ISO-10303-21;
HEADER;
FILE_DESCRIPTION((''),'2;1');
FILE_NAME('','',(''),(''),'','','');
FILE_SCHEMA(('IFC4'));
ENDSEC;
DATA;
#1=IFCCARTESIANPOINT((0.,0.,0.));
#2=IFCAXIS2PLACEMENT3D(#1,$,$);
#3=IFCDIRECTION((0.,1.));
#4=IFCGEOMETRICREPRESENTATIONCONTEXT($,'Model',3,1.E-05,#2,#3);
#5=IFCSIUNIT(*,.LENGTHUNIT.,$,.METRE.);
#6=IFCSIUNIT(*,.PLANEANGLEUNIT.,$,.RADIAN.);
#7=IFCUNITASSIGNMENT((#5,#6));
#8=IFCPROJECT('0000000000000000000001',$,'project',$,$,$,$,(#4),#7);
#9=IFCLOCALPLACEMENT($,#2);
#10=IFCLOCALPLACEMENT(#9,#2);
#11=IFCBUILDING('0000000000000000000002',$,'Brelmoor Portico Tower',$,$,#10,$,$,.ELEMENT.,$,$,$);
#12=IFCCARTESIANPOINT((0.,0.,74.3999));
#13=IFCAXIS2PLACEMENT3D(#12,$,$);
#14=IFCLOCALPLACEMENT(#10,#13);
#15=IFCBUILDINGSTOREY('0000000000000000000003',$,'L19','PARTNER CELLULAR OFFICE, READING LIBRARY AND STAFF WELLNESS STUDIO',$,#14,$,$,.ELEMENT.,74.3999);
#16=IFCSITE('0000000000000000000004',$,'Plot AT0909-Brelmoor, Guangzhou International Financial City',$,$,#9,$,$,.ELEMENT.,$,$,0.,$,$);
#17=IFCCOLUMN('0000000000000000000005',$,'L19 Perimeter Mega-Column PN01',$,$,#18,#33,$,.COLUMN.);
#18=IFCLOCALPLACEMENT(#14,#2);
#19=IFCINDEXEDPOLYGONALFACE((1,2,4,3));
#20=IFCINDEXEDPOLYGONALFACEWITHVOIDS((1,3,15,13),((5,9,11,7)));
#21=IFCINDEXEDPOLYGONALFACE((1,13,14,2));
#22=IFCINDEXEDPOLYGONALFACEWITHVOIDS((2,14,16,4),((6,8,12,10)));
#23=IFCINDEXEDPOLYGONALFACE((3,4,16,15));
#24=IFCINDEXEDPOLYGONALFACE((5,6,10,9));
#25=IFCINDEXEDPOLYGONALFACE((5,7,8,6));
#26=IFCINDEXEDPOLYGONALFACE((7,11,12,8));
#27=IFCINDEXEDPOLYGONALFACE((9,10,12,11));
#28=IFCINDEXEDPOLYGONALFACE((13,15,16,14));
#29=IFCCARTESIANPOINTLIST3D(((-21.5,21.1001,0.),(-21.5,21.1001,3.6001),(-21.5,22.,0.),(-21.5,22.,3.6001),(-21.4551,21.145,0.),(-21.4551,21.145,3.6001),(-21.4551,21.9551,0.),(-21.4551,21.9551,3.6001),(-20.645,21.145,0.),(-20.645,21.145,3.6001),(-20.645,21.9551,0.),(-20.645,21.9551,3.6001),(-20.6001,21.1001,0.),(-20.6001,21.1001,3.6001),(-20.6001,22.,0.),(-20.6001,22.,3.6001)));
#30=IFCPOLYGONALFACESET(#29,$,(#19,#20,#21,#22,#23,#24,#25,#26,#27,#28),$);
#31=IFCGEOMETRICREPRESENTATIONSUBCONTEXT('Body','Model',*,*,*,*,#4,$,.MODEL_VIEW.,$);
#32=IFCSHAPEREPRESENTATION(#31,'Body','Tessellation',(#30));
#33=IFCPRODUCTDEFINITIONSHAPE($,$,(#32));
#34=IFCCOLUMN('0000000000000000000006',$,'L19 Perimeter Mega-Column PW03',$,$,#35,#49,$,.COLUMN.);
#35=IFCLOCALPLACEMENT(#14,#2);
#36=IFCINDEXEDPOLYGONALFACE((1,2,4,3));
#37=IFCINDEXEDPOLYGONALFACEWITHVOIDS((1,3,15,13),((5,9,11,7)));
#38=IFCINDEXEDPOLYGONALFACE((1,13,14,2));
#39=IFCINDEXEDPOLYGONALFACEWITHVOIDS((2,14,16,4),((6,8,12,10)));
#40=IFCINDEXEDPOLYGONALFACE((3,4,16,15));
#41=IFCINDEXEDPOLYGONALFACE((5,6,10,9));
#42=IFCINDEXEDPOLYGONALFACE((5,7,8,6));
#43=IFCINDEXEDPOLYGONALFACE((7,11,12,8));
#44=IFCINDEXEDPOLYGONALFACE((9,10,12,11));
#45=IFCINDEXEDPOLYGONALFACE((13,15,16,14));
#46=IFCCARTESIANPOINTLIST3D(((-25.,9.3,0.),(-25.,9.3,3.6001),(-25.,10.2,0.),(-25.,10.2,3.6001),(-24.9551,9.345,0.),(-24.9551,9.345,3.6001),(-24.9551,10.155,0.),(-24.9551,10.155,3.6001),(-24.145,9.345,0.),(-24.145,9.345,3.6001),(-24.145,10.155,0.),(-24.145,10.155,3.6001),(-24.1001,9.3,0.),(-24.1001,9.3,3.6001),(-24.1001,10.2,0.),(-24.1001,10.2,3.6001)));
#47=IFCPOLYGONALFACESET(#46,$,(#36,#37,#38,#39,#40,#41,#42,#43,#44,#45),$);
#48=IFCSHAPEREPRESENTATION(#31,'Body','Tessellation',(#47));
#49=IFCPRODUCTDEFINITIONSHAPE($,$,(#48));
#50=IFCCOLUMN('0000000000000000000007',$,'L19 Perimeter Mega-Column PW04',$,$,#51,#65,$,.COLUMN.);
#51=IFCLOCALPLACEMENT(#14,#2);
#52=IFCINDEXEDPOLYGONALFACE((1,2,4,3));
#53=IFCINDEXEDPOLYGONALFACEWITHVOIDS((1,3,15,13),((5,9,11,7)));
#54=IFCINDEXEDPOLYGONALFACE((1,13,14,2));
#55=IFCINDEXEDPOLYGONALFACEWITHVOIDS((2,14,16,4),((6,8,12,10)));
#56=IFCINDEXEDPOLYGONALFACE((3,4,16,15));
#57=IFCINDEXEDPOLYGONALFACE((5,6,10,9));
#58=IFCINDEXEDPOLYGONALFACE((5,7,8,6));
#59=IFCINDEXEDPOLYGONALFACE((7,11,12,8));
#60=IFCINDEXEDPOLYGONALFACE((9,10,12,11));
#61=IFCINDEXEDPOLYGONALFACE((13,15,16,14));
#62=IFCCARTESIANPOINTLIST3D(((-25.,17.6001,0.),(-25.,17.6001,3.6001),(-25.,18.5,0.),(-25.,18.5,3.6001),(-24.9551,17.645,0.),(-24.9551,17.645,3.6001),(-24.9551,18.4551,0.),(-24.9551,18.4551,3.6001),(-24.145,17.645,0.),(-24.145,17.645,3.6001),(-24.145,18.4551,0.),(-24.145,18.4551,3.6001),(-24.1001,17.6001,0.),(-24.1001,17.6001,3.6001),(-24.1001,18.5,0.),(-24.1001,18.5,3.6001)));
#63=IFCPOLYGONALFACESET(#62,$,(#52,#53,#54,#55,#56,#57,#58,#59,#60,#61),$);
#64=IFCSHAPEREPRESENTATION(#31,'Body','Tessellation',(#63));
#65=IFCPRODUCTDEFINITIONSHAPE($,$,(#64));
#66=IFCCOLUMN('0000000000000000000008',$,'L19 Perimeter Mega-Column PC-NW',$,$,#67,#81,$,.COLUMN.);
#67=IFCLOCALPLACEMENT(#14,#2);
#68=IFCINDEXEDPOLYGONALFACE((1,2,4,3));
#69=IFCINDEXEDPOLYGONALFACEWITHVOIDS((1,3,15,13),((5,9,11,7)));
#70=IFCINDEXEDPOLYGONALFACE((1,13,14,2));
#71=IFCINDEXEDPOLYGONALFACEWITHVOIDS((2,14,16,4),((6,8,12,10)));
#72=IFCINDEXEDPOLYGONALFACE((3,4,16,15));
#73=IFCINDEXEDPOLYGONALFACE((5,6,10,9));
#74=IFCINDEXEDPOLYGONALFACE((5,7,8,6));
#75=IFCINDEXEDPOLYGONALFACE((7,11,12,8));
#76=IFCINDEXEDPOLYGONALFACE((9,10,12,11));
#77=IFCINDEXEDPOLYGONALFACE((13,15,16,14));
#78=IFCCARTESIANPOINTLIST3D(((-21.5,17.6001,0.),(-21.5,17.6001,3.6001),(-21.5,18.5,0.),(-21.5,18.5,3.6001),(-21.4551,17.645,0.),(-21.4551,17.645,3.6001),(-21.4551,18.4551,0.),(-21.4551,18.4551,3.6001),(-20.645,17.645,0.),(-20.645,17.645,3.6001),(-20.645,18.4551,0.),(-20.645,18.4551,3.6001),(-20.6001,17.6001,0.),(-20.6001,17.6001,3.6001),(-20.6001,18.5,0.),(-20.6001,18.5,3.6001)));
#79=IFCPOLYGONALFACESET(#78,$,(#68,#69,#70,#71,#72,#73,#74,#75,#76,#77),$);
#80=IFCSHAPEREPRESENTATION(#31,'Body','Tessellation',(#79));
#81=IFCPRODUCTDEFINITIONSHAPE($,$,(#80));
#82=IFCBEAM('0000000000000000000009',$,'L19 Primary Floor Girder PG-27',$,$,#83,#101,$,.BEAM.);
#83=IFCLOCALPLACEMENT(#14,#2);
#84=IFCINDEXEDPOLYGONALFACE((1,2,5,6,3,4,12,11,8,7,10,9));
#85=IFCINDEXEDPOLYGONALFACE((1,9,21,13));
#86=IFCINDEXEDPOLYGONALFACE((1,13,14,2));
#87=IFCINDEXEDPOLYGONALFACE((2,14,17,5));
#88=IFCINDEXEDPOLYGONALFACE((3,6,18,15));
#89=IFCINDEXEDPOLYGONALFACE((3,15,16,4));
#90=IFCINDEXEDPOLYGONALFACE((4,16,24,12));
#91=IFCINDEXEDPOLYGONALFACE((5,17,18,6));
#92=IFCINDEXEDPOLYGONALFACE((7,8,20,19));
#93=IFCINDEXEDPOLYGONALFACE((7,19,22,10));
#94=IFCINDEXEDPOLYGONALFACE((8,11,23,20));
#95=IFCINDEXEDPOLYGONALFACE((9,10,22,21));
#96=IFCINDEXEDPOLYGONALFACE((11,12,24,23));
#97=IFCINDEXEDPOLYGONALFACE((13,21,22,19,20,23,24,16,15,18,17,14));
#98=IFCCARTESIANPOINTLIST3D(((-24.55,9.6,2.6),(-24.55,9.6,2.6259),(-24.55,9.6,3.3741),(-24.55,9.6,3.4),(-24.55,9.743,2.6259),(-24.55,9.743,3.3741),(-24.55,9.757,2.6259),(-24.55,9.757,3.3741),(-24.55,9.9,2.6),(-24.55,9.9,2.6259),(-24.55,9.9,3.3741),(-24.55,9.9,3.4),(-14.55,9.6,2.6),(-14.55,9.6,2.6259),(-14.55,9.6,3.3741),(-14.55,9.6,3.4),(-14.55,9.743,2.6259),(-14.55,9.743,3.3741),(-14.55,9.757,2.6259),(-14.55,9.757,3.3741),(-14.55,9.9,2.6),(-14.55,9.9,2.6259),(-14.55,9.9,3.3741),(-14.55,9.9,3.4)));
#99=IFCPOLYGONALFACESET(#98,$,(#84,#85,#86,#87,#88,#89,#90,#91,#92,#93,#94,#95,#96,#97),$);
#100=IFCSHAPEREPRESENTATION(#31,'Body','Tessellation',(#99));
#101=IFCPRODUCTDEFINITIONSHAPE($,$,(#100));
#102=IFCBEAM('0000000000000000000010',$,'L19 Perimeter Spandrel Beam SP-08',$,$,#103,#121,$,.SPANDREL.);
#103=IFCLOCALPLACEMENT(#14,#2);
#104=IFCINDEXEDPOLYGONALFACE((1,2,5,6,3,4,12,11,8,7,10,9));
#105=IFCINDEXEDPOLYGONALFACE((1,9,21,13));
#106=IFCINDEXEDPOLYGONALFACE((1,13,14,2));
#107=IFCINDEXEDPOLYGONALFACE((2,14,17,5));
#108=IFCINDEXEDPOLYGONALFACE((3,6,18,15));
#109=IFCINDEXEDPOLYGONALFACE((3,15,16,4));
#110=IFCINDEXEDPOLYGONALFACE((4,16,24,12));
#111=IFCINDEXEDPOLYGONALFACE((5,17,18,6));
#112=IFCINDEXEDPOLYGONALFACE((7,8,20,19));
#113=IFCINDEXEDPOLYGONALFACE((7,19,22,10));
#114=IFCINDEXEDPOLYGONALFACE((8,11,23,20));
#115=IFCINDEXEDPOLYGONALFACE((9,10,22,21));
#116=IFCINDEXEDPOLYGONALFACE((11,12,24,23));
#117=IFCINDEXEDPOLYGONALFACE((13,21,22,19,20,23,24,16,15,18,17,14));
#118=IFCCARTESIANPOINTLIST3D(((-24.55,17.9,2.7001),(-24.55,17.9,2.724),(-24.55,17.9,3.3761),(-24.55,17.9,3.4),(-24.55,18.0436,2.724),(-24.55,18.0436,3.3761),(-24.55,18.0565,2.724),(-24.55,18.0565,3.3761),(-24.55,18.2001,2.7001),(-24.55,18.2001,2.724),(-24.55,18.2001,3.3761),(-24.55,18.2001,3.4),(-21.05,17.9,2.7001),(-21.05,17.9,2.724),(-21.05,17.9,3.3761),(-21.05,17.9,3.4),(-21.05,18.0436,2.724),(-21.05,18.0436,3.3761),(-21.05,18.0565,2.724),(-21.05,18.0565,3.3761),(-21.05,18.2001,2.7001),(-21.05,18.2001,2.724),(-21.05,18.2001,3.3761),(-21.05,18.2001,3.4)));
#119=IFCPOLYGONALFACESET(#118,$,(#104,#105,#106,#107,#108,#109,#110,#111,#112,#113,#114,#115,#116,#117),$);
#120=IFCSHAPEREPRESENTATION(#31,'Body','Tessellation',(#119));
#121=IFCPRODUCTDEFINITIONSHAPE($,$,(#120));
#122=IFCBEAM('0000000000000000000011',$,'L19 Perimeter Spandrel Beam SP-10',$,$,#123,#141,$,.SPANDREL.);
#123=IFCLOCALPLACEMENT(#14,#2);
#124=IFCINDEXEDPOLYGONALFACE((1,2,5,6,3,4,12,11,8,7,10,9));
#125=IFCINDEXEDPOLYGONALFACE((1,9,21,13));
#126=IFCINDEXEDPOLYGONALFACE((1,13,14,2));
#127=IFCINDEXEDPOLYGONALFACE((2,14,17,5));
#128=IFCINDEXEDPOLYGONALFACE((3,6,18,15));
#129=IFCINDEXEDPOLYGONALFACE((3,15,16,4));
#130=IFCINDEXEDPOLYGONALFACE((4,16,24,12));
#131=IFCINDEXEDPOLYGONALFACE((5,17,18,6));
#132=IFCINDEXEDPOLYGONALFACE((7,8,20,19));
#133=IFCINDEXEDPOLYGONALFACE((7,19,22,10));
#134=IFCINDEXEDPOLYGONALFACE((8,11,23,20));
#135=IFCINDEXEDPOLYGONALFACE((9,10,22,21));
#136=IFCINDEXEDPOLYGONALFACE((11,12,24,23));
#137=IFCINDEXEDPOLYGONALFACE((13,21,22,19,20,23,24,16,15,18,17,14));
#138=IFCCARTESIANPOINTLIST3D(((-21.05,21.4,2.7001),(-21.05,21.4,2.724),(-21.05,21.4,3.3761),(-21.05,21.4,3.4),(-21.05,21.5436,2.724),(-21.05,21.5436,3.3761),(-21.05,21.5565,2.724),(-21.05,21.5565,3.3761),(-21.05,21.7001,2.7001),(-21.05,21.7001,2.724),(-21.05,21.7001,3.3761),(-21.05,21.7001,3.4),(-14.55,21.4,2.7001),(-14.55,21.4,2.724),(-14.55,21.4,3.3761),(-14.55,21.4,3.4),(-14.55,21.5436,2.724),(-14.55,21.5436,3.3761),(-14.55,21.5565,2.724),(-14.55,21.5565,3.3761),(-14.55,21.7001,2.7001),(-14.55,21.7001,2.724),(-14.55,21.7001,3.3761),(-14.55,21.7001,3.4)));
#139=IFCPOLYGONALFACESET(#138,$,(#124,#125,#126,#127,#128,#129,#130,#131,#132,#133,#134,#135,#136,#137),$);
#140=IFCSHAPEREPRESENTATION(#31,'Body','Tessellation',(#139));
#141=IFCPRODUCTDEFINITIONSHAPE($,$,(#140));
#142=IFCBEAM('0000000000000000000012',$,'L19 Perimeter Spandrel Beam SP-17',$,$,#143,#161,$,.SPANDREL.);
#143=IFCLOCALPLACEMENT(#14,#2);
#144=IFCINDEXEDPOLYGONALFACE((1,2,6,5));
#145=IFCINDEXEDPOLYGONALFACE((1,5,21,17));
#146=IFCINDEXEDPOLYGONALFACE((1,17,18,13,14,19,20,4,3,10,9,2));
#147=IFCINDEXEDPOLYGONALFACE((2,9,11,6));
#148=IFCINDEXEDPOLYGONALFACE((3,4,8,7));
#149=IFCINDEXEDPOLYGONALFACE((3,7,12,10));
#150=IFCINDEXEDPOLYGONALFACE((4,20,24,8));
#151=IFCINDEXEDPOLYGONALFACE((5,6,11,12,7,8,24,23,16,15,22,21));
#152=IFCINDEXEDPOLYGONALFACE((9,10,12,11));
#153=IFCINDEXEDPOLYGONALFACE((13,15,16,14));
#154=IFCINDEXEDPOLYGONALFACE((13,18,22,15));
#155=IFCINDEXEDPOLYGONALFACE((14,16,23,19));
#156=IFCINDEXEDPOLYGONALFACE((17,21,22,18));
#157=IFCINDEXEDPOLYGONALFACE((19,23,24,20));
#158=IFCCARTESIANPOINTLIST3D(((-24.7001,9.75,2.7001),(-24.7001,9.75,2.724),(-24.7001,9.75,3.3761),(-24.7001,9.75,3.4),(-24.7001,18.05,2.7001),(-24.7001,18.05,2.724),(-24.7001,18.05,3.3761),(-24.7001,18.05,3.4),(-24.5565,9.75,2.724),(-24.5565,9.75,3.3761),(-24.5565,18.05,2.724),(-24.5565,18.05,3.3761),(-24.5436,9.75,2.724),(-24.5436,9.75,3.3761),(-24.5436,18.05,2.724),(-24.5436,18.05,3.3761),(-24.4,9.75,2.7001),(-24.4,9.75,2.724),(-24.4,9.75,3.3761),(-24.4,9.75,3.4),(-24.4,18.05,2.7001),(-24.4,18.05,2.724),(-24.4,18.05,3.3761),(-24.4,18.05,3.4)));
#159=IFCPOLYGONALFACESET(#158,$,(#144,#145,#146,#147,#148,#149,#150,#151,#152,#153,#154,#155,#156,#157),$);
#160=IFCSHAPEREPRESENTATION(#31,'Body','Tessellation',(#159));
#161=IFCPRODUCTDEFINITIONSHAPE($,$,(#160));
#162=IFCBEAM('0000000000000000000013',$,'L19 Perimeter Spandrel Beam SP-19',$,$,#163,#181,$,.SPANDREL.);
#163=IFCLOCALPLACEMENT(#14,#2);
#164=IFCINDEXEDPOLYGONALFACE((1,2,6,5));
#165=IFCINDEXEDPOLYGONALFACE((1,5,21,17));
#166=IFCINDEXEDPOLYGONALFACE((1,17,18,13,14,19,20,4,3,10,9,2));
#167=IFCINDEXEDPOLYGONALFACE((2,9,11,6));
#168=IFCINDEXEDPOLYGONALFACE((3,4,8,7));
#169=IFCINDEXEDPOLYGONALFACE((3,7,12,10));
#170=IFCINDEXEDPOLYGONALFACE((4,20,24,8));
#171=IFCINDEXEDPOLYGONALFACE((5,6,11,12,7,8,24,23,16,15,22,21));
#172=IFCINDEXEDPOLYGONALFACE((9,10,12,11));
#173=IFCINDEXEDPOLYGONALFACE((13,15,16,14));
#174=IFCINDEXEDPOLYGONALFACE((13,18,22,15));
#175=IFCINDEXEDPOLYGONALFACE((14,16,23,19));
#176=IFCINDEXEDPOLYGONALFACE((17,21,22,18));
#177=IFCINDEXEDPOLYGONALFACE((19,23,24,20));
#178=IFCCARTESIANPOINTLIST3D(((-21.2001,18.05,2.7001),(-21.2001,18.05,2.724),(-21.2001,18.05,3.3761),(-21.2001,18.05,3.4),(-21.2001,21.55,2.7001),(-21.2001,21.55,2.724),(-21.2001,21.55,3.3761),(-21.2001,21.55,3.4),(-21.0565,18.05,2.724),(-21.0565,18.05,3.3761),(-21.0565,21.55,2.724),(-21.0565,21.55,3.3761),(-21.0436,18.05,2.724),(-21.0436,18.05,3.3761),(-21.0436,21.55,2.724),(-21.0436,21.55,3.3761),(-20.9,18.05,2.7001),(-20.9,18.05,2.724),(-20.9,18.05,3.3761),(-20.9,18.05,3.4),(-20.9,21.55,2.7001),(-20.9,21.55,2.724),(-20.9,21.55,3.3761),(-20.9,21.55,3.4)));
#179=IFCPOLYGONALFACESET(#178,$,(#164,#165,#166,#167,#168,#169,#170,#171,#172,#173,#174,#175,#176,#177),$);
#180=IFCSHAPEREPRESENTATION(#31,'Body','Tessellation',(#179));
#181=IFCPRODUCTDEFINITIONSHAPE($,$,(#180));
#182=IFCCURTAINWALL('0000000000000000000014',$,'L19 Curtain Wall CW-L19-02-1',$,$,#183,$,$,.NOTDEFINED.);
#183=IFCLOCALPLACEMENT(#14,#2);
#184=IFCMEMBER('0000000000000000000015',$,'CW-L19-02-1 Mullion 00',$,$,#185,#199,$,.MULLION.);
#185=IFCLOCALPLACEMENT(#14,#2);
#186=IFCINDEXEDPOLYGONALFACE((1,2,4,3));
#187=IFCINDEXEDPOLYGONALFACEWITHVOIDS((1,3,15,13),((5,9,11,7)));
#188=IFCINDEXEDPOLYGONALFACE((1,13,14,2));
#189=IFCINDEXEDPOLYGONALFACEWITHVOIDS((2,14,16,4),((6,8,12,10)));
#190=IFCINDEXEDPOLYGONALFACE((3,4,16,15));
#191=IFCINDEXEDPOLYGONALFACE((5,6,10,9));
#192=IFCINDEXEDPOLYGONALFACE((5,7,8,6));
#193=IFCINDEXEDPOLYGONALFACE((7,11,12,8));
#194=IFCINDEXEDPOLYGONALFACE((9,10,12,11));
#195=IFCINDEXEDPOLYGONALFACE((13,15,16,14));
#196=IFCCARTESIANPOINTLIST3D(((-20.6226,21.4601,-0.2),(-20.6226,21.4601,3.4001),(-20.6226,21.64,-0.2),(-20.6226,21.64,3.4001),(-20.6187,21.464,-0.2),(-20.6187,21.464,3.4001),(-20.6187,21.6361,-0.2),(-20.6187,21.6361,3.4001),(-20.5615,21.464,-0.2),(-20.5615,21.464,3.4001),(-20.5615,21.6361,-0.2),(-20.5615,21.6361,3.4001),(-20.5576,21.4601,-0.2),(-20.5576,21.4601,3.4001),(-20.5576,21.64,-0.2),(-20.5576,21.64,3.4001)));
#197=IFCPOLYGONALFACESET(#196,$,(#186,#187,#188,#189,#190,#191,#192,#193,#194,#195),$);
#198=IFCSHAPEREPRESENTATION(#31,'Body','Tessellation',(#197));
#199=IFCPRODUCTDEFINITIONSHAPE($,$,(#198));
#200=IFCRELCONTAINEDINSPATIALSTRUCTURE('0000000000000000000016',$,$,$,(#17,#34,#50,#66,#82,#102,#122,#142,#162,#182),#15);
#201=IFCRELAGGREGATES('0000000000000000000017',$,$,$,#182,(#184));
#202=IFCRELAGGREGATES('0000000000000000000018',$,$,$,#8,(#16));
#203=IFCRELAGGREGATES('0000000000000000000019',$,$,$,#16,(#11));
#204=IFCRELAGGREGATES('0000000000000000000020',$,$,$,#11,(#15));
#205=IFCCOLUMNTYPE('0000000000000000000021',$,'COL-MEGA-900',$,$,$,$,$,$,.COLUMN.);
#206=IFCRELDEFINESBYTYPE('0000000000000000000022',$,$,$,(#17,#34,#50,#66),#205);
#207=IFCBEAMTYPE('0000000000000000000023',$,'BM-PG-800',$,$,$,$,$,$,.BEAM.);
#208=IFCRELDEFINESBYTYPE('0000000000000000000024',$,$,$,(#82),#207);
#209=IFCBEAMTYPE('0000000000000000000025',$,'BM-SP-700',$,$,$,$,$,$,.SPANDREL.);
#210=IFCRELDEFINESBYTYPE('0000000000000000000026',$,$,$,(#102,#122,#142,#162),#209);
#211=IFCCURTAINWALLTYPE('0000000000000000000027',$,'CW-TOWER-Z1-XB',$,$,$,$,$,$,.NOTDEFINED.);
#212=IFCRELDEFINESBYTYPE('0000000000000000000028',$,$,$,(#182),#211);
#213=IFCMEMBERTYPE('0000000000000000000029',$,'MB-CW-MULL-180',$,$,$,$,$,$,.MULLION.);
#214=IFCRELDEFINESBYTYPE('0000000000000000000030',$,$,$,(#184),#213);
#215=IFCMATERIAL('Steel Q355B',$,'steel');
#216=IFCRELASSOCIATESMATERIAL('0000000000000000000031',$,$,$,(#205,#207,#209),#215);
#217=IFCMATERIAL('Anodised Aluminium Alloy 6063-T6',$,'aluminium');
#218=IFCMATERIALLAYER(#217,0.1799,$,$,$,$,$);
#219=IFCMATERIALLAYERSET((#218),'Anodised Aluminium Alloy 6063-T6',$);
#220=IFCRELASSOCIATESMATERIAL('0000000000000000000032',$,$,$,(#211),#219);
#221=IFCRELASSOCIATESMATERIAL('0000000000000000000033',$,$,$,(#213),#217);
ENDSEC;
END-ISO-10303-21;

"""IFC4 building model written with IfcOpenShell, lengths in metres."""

from ifc_helpers import new_model, si_unit, direction, frame, origin, origin_2d, place, context, subcontext, project, spatial, hollow_rectangle, i_section, extrude, material, layer, layer_set, material_profile, profile_set, type_object, element, aggregate, save


model = new_model("IFC4")

# Units and contexts
model_context = context("Model", 3, precision=1e-05, world=origin(), true_north=direction((0.0, 1.0)))
body_context = subcontext(model_context, "Body", "Model", "MODEL_VIEW")
ifc_project = project(units=[si_unit("LENGTHUNIT", "METRE"), si_unit("PLANEANGLEUNIT", "RADIAN")], contexts=[model_context])

# Site, building, storey
site_placement = place(None, origin())
site = spatial("IfcSite", under=ifc_project, at=site_placement, Name="Plot AT0909-Brelmoor, Guangzhou International Financial City", CompositionType="ELEMENT", RefElevation=0.0)
building_placement = place(site_placement, origin())
building = spatial("IfcBuilding", under=site, at=building_placement, Name="Brelmoor Portico Tower", CompositionType="ELEMENT")
storey_placement = place(building_placement, frame((0.0, 0.0, 74.3999)))
storey = spatial("IfcBuildingStorey", under=building, at=storey_placement, Name="L19", Description="PARTNER CELLULAR OFFICE, READING LIBRARY AND STAFF WELLNESS STUDIO", CompositionType="ELEMENT", Elevation=74.3999)

# Columns
ifc_material_1 = material(Name="Steel Q355B", Category="steel")
ifc_material_profile_1 = material_profile(ifc_material_1, hollow_rectangle(XDim=0.8999, YDim=0.8999, WallThickness=0.0449, at=origin_2d()), Name="BOX 900x900x45")
ifc_profile_set_1 = profile_set([ifc_material_profile_1], Name="Steel Q355B")
column_type = type_object("IfcColumnType", Name="COL-MEGA-900", PredefinedType="COLUMN", material=ifc_profile_set_1)
for number, where, z_axis, x_axis, name in (
    (1, (-21.05, 21.55, 0.0), (0.0, 0.0, 1.0), (1.0, 0.0, 0.0), "L19 Perimeter Mega-Column PN01"),
    (2, (-24.55, 9.75, 0.0), (0.0, 0.0, 1.0), (0.0, 1.0, 0.0), "L19 Perimeter Mega-Column PW03"),
    (3, (-24.55, 18.05, 0.0), (0.0, 0.0, 1.0), (0.0, 1.0, 0.0), "L19 Perimeter Mega-Column PW04"),
    (4, (-21.05, 18.05, 0.0), (0.0, 0.0, 1.0), (1.0, 0.0, 0.0), "L19 Perimeter Mega-Column PC-NW"),
):
    element("IfcColumn", number, at=place(storey_placement, frame(where, z_axis=z_axis, x_axis=x_axis)), inside=storey, type_object=column_type, Name=name, PredefinedType="COLUMN", context=body_context, shape_type="SweptSolid", body=[
        extrude(hollow_rectangle(XDim=0.8999, YDim=0.8999, WallThickness=0.0449, at=origin_2d()), origin(), (0.0, 0.0, 1.0), 3.6001),
    ])

# Beams
ifc_material_profile_2 = material_profile(ifc_material_1, i_section(OverallWidth=0.3, OverallDepth=0.8, WebThickness=0.0139, FlangeThickness=0.0259, at=origin_2d()), Name="HN 800x300x14x26")
ifc_profile_set_2 = profile_set([ifc_material_profile_2], Name="Steel Q355B")
beam_type_1 = type_object("IfcBeamType", Name="BM-PG-800", PredefinedType="BEAM", material=ifc_profile_set_2)
beam_1_placement = place(storey_placement, frame((-24.55, 9.75, 3.0), z_axis=(1.0, 0.0, 0.0), x_axis=(0.0, 1.0, 0.0)))
element("IfcBeam", 5, at=beam_1_placement, inside=storey, type_object=beam_type_1, Name="L19 Primary Floor Girder PG-27", PredefinedType="BEAM", context=body_context, shape_type="SweptSolid", body=[
    extrude(i_section(OverallWidth=0.3, OverallDepth=0.8, WebThickness=0.0139, FlangeThickness=0.0259, at=origin_2d()), origin(), (0.0, 0.0, 1.0), 10.0),
])
ifc_material_profile_3 = material_profile(ifc_material_1, i_section(OverallWidth=0.3, OverallDepth=0.7, WebThickness=0.0129, FlangeThickness=0.0239, at=origin_2d()), Name="HN 700x300x13x24")
ifc_profile_set_3 = profile_set([ifc_material_profile_3], Name="Steel Q355B")
beam_type_2 = type_object("IfcBeamType", Name="BM-SP-700", PredefinedType="SPANDREL", material=ifc_profile_set_3)
beam_2_placement = place(storey_placement, frame((-24.55, 18.05, 3.05), z_axis=(1.0, 0.0, 0.0), x_axis=(0.0, 1.0, 0.0)))
element("IfcBeam", 6, at=beam_2_placement, inside=storey, type_object=beam_type_2, Name="L19 Perimeter Spandrel Beam SP-08", PredefinedType="SPANDREL", context=body_context, shape_type="SweptSolid", body=[
    extrude(i_section(OverallWidth=0.3, OverallDepth=0.7, WebThickness=0.0129, FlangeThickness=0.0239, at=origin_2d()), origin(), (0.0, 0.0, 1.0), 3.5),
])
beam_3_placement = place(storey_placement, frame((-21.05, 21.55, 3.05), z_axis=(1.0, 0.0, 0.0), x_axis=(0.0, 1.0, 0.0)))
element("IfcBeam", 7, at=beam_3_placement, inside=storey, type_object=beam_type_2, Name="L19 Perimeter Spandrel Beam SP-10", PredefinedType="SPANDREL", context=body_context, shape_type="SweptSolid", body=[
    extrude(i_section(OverallWidth=0.3, OverallDepth=0.7, WebThickness=0.0129, FlangeThickness=0.0239, at=origin_2d()), origin(), (0.0, 0.0, 1.0), 6.5),
])
beam_4_placement = place(storey_placement, frame((-24.55, 9.75, 3.05), z_axis=(0.0, 1.0, 0.0), x_axis=(-1.0, 0.0, 0.0)))
element("IfcBeam", 8, at=beam_4_placement, inside=storey, type_object=beam_type_2, Name="L19 Perimeter Spandrel Beam SP-17", PredefinedType="SPANDREL", context=body_context, shape_type="SweptSolid", body=[
    extrude(i_section(OverallWidth=0.3, OverallDepth=0.7, WebThickness=0.0129, FlangeThickness=0.0239, at=origin_2d()), origin(), (0.0, 0.0, 1.0), 8.3),
])
beam_5_placement = place(storey_placement, frame((-21.05, 18.05, 3.05), z_axis=(0.0, 1.0, 0.0), x_axis=(-1.0, 0.0, 0.0)))
element("IfcBeam", 9, at=beam_5_placement, inside=storey, type_object=beam_type_2, Name="L19 Perimeter Spandrel Beam SP-19", PredefinedType="SPANDREL", context=body_context, shape_type="SweptSolid", body=[
    extrude(i_section(OverallWidth=0.3, OverallDepth=0.7, WebThickness=0.0129, FlangeThickness=0.0239, at=origin_2d()), origin(), (0.0, 0.0, 1.0), 3.5),
])

# Curtain wall, member
ifc_material_2 = material(Name="Anodised Aluminium Alloy 6063-T6", Category="aluminium")
ifc_layer_1 = layer(ifc_material_2, 0.1799)
ifc_layer_set_1 = layer_set([ifc_layer_1], Name="Anodised Aluminium Alloy 6063-T6")
curtain_wall_type_1 = type_object("IfcCurtainWallType", Name="CW-TOWER-Z1-XB", PredefinedType="NOTDEFINED", material=ifc_layer_set_1)
curtain_wall_1_placement = place(storey_placement, origin())
curtain_wall_1 = element("IfcCurtainWall", 10, at=curtain_wall_1_placement, inside=storey, type_object=curtain_wall_type_1, Name="L19 Curtain Wall CW-L19-02-1", PredefinedType="NOTDEFINED")
ifc_material_profile_4 = material_profile(ifc_material_2, hollow_rectangle(XDim=0.0649, YDim=0.1799, WallThickness=0.0039, at=origin_2d()), Name="ALU MULLION 65x180")
ifc_profile_set_4 = profile_set([ifc_material_profile_4], Name="Anodised Aluminium Alloy 6063-T6")
member_type_1 = type_object("IfcMemberType", Name="MB-CW-MULL-180", PredefinedType="MULLION", material=ifc_profile_set_4)
member_1_placement = place(storey_placement, frame((-20.5901, 21.55, -0.2), z_axis=(0.0, 0.0, 1.0), x_axis=(1.0, 0.0, 0.0)))
member_1 = element("IfcMember", 11, at=member_1_placement, type_object=member_type_1, Name="CW-L19-02-1 Mullion 00", PredefinedType="MULLION", context=body_context, shape_type="SweptSolid", body=[
    extrude(hollow_rectangle(XDim=0.0649, YDim=0.1799, WallThickness=0.0039, at=origin_2d()), origin(), (0.0, 0.0, 1.0), 3.6001),
])

aggregate(curtain_wall_1, [member_1])

save(model, "model.ifc")
